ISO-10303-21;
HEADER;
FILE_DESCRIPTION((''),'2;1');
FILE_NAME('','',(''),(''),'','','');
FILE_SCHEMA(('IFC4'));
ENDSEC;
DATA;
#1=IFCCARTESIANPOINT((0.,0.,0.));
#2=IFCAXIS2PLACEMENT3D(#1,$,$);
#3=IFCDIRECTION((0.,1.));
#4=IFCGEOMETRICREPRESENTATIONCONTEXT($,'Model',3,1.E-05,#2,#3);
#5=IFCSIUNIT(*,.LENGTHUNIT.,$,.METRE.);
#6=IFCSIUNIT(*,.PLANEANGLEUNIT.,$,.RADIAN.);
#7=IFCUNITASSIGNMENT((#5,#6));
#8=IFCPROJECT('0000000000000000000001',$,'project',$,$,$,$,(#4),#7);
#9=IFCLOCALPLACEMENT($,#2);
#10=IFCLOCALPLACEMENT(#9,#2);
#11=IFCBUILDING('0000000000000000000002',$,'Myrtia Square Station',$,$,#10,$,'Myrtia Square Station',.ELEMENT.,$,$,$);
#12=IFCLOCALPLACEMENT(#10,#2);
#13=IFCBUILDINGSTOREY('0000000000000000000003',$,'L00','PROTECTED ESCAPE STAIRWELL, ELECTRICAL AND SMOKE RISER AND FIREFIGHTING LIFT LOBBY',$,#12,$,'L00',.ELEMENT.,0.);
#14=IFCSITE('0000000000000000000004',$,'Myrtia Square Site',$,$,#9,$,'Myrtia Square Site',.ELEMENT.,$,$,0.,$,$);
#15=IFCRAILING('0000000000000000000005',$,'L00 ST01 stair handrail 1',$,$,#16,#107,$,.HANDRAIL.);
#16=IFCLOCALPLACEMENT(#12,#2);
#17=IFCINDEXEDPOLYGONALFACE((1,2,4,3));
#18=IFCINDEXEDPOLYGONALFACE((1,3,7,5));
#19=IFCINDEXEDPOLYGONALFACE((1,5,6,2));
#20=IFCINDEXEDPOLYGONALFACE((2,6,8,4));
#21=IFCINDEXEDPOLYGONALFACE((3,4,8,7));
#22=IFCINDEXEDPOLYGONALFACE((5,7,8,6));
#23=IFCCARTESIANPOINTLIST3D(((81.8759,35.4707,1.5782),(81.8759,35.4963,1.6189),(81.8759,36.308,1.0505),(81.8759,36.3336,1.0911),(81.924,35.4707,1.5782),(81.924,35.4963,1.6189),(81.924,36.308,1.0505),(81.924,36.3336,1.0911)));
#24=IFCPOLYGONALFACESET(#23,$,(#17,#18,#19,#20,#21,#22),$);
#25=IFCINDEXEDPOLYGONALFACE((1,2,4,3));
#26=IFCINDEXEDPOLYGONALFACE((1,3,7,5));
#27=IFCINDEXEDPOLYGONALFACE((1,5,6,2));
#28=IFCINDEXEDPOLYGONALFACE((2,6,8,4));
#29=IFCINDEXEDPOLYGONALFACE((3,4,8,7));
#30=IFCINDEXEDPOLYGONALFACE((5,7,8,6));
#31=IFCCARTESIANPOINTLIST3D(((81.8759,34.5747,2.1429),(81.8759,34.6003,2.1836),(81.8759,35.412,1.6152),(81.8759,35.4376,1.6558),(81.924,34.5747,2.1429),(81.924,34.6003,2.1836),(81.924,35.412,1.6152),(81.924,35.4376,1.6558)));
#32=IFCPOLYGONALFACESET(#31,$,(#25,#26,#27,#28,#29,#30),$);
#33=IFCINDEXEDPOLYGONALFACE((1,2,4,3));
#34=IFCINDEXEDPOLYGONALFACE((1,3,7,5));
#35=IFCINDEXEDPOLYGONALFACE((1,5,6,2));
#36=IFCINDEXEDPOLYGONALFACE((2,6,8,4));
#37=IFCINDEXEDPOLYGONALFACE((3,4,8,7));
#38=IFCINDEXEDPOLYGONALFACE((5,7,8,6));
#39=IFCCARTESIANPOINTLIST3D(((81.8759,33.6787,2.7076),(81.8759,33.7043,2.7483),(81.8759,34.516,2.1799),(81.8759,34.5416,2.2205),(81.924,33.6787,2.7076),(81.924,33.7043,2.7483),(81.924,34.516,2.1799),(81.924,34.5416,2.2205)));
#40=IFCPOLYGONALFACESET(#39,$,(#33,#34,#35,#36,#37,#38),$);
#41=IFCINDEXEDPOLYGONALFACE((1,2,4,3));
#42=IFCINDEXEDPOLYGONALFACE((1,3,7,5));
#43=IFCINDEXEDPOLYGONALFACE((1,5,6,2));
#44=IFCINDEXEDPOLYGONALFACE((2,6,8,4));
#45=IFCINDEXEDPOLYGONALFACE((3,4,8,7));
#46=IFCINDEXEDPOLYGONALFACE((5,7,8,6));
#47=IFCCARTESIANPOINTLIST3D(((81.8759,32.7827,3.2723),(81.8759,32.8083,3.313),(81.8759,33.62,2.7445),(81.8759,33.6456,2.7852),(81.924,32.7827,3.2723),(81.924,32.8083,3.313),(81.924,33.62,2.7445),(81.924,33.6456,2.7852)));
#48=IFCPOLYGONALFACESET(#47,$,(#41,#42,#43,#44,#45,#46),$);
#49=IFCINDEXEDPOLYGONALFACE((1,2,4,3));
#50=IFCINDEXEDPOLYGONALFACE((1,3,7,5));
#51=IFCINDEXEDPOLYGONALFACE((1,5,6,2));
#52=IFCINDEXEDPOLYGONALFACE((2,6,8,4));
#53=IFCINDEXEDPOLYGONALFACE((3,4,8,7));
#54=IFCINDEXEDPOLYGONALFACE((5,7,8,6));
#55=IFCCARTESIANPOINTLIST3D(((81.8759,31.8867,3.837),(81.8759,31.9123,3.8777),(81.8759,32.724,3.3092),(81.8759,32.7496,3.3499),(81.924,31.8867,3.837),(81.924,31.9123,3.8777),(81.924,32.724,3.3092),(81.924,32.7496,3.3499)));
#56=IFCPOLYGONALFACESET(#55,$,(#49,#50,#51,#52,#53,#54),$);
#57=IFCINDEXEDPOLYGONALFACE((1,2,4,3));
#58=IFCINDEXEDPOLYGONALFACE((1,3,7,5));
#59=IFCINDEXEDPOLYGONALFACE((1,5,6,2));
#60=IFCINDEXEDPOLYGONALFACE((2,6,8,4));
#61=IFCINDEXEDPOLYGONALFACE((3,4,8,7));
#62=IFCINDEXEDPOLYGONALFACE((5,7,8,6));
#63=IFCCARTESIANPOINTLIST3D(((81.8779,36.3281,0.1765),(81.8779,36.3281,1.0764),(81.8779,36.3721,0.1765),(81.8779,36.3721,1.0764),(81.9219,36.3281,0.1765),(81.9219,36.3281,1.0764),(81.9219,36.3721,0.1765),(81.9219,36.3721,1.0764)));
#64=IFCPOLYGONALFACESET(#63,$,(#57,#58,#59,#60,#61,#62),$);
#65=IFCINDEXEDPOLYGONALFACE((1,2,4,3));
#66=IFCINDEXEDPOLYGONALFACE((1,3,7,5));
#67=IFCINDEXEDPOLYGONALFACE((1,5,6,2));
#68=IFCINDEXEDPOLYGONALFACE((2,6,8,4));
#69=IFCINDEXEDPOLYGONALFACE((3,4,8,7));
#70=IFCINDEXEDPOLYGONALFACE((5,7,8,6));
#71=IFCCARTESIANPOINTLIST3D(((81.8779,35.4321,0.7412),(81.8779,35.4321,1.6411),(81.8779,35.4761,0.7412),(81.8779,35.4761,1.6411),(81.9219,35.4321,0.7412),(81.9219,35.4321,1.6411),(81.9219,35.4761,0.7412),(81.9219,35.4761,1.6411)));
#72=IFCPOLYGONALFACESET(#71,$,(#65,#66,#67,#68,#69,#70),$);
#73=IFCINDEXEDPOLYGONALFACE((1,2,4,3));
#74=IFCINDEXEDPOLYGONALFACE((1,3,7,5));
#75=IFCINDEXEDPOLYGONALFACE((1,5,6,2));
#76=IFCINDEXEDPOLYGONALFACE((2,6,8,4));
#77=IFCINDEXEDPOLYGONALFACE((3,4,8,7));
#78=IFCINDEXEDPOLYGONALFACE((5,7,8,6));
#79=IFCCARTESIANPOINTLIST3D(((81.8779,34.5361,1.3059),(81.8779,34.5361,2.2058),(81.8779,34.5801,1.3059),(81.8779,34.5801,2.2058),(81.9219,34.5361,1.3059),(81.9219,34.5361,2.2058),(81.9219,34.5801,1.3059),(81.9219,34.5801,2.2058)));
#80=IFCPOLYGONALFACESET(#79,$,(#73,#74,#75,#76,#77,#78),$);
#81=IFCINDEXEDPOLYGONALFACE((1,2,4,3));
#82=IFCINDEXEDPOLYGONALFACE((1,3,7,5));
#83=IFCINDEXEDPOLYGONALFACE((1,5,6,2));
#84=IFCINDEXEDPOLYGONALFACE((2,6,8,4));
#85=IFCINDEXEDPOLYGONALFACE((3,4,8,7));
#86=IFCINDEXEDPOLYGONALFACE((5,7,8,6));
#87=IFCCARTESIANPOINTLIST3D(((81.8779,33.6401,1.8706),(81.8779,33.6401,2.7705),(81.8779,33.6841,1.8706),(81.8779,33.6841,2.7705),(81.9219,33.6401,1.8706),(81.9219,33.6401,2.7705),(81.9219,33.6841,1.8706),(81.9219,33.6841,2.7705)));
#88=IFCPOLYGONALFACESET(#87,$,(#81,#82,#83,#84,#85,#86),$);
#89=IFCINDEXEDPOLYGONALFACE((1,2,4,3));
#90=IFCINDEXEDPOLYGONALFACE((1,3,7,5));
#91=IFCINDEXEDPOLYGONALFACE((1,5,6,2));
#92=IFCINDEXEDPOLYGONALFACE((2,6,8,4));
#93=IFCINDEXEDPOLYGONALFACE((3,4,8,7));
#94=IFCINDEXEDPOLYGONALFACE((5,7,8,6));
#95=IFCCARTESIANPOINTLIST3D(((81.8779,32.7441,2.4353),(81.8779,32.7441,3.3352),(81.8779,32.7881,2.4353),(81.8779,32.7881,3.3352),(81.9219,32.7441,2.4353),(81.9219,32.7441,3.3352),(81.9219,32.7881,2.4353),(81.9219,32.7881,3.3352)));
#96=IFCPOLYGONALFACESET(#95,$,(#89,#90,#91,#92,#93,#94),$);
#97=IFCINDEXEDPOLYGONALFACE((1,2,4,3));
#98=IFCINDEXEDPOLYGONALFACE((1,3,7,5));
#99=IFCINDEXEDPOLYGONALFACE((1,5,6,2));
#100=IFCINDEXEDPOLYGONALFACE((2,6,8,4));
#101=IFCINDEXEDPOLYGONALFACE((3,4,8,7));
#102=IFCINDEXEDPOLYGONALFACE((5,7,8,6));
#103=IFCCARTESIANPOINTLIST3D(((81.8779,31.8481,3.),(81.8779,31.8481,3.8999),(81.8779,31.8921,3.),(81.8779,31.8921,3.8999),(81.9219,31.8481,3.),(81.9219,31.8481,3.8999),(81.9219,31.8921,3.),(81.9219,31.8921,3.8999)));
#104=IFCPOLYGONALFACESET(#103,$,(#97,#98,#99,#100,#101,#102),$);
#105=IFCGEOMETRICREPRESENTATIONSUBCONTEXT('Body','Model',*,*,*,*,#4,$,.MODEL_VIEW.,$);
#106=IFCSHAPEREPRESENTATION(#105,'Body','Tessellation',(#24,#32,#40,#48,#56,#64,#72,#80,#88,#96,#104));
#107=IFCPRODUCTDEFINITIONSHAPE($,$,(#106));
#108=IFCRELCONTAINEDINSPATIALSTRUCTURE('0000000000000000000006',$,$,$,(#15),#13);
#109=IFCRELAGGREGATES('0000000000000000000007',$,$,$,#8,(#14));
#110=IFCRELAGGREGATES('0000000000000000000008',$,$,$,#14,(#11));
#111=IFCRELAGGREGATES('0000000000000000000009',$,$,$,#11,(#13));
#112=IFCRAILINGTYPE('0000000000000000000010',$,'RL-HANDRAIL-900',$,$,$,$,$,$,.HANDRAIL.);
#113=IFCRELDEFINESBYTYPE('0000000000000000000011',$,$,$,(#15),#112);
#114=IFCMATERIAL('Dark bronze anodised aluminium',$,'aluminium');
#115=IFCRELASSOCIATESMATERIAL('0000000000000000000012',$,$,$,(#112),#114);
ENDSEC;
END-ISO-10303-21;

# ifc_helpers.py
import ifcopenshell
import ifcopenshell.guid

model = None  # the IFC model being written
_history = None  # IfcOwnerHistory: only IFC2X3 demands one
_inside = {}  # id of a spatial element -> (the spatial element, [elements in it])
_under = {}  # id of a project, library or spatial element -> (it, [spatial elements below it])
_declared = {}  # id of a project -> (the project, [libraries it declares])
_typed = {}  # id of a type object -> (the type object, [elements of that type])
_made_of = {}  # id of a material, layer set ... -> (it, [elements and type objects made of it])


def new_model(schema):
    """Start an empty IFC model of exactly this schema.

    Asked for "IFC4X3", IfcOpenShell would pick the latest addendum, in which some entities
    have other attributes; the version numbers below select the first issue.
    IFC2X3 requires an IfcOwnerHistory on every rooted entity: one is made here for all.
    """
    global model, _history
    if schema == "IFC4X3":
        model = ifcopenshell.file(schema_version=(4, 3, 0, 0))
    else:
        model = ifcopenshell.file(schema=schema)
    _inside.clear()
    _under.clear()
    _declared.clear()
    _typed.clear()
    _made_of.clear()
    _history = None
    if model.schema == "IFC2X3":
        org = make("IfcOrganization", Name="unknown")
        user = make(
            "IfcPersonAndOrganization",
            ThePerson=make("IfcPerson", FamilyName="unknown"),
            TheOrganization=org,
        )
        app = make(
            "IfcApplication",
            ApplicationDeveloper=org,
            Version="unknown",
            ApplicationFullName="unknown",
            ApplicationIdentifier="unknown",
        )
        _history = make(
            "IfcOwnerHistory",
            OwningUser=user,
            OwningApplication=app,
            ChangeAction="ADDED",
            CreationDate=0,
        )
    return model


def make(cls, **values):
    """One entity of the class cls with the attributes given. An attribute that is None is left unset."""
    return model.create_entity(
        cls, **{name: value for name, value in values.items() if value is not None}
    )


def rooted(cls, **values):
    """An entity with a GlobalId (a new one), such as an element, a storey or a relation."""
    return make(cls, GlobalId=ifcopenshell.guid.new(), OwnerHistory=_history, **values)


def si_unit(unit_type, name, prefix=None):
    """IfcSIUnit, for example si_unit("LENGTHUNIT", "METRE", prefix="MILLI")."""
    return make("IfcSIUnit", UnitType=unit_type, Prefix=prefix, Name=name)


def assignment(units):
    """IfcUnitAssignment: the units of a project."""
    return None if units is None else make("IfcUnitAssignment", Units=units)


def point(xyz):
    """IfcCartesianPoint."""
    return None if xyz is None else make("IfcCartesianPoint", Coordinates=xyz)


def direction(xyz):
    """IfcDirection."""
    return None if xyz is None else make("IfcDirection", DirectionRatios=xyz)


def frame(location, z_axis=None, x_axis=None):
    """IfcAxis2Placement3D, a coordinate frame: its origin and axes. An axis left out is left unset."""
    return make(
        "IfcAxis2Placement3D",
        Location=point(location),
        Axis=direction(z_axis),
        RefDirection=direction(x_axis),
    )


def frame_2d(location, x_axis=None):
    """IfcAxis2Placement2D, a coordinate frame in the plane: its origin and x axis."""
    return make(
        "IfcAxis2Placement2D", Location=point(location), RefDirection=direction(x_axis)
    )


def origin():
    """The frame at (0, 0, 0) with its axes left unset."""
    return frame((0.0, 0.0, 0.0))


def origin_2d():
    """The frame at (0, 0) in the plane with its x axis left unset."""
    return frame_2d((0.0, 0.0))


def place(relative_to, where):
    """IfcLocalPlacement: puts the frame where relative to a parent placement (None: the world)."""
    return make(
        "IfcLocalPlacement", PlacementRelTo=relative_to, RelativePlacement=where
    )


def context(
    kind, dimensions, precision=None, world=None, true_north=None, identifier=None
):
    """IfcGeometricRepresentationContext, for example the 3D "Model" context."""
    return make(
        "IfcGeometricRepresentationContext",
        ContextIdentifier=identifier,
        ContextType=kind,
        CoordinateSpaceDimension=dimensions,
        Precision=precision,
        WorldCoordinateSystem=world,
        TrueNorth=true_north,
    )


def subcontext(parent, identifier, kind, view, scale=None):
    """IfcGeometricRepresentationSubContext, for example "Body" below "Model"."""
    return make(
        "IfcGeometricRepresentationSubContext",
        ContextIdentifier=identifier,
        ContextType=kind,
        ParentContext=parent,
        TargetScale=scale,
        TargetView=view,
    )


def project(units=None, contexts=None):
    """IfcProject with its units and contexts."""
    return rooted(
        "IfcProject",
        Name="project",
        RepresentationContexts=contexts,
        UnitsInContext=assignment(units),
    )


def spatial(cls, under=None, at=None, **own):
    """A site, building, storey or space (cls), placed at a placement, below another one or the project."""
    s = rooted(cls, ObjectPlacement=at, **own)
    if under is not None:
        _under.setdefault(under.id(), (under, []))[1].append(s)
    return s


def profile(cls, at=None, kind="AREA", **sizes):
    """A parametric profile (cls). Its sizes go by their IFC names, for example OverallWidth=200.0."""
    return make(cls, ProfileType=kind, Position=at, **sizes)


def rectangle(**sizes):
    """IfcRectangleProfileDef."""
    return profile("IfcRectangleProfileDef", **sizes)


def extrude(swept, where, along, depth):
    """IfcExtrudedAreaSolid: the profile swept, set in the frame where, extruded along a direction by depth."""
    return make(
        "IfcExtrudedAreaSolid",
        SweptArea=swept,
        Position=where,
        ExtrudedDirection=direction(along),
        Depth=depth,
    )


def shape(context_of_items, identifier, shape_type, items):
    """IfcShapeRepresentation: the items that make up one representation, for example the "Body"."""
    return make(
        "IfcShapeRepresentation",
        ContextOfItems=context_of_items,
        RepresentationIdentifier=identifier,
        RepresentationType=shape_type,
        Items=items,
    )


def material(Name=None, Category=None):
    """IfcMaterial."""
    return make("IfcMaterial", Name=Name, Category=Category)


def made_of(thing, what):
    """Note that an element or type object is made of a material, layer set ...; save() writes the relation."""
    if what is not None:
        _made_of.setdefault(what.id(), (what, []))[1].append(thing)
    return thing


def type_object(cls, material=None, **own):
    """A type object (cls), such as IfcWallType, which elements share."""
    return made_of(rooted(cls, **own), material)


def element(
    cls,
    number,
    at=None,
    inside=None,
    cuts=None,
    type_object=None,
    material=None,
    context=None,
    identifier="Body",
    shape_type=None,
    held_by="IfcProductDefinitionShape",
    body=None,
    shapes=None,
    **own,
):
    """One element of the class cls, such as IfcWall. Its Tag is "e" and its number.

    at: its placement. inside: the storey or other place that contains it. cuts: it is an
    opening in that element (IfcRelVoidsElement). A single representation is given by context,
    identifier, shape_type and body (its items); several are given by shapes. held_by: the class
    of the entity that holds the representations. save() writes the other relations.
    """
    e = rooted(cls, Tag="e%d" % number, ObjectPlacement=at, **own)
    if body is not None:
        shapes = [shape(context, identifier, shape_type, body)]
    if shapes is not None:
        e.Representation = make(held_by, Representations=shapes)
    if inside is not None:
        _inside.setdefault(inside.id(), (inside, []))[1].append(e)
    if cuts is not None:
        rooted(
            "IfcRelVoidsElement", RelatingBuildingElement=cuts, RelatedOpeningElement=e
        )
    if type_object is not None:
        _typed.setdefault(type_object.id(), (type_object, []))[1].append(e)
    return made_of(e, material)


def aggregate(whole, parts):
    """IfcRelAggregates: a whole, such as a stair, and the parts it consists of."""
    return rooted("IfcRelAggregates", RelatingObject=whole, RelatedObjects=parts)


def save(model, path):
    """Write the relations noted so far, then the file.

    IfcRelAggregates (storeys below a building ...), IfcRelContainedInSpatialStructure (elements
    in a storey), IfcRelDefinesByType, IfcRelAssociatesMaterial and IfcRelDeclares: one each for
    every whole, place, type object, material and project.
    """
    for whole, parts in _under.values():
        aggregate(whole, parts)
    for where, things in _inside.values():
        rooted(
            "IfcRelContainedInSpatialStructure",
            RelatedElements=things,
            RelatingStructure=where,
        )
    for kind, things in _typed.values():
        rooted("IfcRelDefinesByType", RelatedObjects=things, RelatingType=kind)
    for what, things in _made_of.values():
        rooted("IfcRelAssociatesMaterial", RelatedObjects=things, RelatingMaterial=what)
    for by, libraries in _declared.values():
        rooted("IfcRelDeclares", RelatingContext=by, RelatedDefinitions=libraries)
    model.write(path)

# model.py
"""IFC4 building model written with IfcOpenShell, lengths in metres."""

from ifc_helpers import new_model, si_unit, direction, frame, origin, origin_2d, place, context, subcontext, project, spatial, rectangle, extrude, material, type_object, element, save


model = new_model("IFC4")

# Units and contexts
model_context = context("Model", 3, precision=1e-05, world=origin(), true_north=direction((0.0, 1.0)))
body_context = subcontext(model_context, "Body", "Model", "MODEL_VIEW")
ifc_project = project(units=[si_unit("LENGTHUNIT", "METRE"), si_unit("PLANEANGLEUNIT", "RADIAN")], contexts=[model_context])

# Site, building, storey
site_placement = place(None, origin())
site = spatial("IfcSite", under=ifc_project, at=site_placement, Name="Myrtia Square Site", LongName="Myrtia Square Site", CompositionType="ELEMENT", RefElevation=0.0)
building_placement = place(site_placement, origin())
building = spatial("IfcBuilding", under=site, at=building_placement, Name="Myrtia Square Station", LongName="Myrtia Square Station", CompositionType="ELEMENT")
storey_placement = place(building_placement, origin())
storey = spatial("IfcBuildingStorey", under=building, at=storey_placement, Name="L00", Description="PROTECTED ESCAPE STAIRWELL, ELECTRICAL AND SMOKE RISER AND FIREFIGHTING LIFT LOBBY", LongName="L00", CompositionType="ELEMENT", Elevation=0.0)

# Shared definitions
ifc_material_1 = material(Name="Dark bronze anodised aluminium", Category="aluminium")

# Railing
railing_type_1 = type_object("IfcRailingType", Name="RL-HANDRAIL-900", PredefinedType="HANDRAIL", material=ifc_material_1)
railing_1_placement = place(storey_placement, frame((81.8999, 36.3501, 0.1765)))
element("IfcRailing", 1, at=railing_1_placement, inside=storey, type_object=railing_type_1, Name="L00 ST01 stair handrail 1", PredefinedType="HANDRAIL", context=body_context, shape_type="SweptSolid", body=[
    extrude(rectangle(XDim=0.0481, YDim=0.0481, at=origin_2d()), frame((0.0, -0.0293, 0.8943), z_axis=(0.0, -0.845998, 0.533186), x_axis=(1.0, 0.0, 0.0)), (0.0, 0.0, 1.0), 0.9897),
    extrude(rectangle(XDim=0.0481, YDim=0.0481, at=origin_2d()), frame((0.0, -0.9253, 1.459), z_axis=(0.0, -0.845998, 0.533186), x_axis=(1.0, 0.0, 0.0)), (0.0, 0.0, 1.0), 0.9897),
    extrude(rectangle(XDim=0.0481, YDim=0.0481, at=origin_2d()), frame((0.0, -1.8213, 2.0237), z_axis=(0.0, -0.845998, 0.533186), x_axis=(1.0, 0.0, 0.0)), (0.0, 0.0, 1.0), 0.9897),
    extrude(rectangle(XDim=0.0481, YDim=0.0481, at=origin_2d()), frame((0.0, -2.7173, 2.5884), z_axis=(0.0, -0.845998, 0.533186), x_axis=(1.0, 0.0, 0.0)), (0.0, 0.0, 1.0), 0.9897),
    extrude(rectangle(XDim=0.0481, YDim=0.0481, at=origin_2d()), frame((0.0, -3.6133, 3.1531), z_axis=(0.0, -0.845998, 0.533186), x_axis=(1.0, 0.0, 0.0)), (0.0, 0.0, 1.0), 0.9897),
    extrude(rectangle(XDim=0.0439, YDim=0.0439, at=origin_2d()), origin(), (0.0, 0.0, 1.0), 0.8999),
    extrude(rectangle(XDim=0.0439, YDim=0.0439, at=origin_2d()), frame((0.0, -0.896, 0.5647)), (0.0, 0.0, 1.0), 0.8999),
    extrude(rectangle(XDim=0.0439, YDim=0.0439, at=origin_2d()), frame((0.0, -1.792, 1.1294)), (0.0, 0.0, 1.0), 0.8999),
    extrude(rectangle(XDim=0.0439, YDim=0.0439, at=origin_2d()), frame((0.0, -2.688, 1.6941)), (0.0, 0.0, 1.0), 0.8999),
    extrude(rectangle(XDim=0.0439, YDim=0.0439, at=origin_2d()), frame((0.0, -3.584, 2.2588)), (0.0, 0.0, 1.0), 0.8999),
    extrude(rectangle(XDim=0.0439, YDim=0.0439, at=origin_2d()), frame((0.0, -4.48, 2.8235)), (0.0, 0.0, 1.0), 0.8999),
])

save(model, "model.ifc")
